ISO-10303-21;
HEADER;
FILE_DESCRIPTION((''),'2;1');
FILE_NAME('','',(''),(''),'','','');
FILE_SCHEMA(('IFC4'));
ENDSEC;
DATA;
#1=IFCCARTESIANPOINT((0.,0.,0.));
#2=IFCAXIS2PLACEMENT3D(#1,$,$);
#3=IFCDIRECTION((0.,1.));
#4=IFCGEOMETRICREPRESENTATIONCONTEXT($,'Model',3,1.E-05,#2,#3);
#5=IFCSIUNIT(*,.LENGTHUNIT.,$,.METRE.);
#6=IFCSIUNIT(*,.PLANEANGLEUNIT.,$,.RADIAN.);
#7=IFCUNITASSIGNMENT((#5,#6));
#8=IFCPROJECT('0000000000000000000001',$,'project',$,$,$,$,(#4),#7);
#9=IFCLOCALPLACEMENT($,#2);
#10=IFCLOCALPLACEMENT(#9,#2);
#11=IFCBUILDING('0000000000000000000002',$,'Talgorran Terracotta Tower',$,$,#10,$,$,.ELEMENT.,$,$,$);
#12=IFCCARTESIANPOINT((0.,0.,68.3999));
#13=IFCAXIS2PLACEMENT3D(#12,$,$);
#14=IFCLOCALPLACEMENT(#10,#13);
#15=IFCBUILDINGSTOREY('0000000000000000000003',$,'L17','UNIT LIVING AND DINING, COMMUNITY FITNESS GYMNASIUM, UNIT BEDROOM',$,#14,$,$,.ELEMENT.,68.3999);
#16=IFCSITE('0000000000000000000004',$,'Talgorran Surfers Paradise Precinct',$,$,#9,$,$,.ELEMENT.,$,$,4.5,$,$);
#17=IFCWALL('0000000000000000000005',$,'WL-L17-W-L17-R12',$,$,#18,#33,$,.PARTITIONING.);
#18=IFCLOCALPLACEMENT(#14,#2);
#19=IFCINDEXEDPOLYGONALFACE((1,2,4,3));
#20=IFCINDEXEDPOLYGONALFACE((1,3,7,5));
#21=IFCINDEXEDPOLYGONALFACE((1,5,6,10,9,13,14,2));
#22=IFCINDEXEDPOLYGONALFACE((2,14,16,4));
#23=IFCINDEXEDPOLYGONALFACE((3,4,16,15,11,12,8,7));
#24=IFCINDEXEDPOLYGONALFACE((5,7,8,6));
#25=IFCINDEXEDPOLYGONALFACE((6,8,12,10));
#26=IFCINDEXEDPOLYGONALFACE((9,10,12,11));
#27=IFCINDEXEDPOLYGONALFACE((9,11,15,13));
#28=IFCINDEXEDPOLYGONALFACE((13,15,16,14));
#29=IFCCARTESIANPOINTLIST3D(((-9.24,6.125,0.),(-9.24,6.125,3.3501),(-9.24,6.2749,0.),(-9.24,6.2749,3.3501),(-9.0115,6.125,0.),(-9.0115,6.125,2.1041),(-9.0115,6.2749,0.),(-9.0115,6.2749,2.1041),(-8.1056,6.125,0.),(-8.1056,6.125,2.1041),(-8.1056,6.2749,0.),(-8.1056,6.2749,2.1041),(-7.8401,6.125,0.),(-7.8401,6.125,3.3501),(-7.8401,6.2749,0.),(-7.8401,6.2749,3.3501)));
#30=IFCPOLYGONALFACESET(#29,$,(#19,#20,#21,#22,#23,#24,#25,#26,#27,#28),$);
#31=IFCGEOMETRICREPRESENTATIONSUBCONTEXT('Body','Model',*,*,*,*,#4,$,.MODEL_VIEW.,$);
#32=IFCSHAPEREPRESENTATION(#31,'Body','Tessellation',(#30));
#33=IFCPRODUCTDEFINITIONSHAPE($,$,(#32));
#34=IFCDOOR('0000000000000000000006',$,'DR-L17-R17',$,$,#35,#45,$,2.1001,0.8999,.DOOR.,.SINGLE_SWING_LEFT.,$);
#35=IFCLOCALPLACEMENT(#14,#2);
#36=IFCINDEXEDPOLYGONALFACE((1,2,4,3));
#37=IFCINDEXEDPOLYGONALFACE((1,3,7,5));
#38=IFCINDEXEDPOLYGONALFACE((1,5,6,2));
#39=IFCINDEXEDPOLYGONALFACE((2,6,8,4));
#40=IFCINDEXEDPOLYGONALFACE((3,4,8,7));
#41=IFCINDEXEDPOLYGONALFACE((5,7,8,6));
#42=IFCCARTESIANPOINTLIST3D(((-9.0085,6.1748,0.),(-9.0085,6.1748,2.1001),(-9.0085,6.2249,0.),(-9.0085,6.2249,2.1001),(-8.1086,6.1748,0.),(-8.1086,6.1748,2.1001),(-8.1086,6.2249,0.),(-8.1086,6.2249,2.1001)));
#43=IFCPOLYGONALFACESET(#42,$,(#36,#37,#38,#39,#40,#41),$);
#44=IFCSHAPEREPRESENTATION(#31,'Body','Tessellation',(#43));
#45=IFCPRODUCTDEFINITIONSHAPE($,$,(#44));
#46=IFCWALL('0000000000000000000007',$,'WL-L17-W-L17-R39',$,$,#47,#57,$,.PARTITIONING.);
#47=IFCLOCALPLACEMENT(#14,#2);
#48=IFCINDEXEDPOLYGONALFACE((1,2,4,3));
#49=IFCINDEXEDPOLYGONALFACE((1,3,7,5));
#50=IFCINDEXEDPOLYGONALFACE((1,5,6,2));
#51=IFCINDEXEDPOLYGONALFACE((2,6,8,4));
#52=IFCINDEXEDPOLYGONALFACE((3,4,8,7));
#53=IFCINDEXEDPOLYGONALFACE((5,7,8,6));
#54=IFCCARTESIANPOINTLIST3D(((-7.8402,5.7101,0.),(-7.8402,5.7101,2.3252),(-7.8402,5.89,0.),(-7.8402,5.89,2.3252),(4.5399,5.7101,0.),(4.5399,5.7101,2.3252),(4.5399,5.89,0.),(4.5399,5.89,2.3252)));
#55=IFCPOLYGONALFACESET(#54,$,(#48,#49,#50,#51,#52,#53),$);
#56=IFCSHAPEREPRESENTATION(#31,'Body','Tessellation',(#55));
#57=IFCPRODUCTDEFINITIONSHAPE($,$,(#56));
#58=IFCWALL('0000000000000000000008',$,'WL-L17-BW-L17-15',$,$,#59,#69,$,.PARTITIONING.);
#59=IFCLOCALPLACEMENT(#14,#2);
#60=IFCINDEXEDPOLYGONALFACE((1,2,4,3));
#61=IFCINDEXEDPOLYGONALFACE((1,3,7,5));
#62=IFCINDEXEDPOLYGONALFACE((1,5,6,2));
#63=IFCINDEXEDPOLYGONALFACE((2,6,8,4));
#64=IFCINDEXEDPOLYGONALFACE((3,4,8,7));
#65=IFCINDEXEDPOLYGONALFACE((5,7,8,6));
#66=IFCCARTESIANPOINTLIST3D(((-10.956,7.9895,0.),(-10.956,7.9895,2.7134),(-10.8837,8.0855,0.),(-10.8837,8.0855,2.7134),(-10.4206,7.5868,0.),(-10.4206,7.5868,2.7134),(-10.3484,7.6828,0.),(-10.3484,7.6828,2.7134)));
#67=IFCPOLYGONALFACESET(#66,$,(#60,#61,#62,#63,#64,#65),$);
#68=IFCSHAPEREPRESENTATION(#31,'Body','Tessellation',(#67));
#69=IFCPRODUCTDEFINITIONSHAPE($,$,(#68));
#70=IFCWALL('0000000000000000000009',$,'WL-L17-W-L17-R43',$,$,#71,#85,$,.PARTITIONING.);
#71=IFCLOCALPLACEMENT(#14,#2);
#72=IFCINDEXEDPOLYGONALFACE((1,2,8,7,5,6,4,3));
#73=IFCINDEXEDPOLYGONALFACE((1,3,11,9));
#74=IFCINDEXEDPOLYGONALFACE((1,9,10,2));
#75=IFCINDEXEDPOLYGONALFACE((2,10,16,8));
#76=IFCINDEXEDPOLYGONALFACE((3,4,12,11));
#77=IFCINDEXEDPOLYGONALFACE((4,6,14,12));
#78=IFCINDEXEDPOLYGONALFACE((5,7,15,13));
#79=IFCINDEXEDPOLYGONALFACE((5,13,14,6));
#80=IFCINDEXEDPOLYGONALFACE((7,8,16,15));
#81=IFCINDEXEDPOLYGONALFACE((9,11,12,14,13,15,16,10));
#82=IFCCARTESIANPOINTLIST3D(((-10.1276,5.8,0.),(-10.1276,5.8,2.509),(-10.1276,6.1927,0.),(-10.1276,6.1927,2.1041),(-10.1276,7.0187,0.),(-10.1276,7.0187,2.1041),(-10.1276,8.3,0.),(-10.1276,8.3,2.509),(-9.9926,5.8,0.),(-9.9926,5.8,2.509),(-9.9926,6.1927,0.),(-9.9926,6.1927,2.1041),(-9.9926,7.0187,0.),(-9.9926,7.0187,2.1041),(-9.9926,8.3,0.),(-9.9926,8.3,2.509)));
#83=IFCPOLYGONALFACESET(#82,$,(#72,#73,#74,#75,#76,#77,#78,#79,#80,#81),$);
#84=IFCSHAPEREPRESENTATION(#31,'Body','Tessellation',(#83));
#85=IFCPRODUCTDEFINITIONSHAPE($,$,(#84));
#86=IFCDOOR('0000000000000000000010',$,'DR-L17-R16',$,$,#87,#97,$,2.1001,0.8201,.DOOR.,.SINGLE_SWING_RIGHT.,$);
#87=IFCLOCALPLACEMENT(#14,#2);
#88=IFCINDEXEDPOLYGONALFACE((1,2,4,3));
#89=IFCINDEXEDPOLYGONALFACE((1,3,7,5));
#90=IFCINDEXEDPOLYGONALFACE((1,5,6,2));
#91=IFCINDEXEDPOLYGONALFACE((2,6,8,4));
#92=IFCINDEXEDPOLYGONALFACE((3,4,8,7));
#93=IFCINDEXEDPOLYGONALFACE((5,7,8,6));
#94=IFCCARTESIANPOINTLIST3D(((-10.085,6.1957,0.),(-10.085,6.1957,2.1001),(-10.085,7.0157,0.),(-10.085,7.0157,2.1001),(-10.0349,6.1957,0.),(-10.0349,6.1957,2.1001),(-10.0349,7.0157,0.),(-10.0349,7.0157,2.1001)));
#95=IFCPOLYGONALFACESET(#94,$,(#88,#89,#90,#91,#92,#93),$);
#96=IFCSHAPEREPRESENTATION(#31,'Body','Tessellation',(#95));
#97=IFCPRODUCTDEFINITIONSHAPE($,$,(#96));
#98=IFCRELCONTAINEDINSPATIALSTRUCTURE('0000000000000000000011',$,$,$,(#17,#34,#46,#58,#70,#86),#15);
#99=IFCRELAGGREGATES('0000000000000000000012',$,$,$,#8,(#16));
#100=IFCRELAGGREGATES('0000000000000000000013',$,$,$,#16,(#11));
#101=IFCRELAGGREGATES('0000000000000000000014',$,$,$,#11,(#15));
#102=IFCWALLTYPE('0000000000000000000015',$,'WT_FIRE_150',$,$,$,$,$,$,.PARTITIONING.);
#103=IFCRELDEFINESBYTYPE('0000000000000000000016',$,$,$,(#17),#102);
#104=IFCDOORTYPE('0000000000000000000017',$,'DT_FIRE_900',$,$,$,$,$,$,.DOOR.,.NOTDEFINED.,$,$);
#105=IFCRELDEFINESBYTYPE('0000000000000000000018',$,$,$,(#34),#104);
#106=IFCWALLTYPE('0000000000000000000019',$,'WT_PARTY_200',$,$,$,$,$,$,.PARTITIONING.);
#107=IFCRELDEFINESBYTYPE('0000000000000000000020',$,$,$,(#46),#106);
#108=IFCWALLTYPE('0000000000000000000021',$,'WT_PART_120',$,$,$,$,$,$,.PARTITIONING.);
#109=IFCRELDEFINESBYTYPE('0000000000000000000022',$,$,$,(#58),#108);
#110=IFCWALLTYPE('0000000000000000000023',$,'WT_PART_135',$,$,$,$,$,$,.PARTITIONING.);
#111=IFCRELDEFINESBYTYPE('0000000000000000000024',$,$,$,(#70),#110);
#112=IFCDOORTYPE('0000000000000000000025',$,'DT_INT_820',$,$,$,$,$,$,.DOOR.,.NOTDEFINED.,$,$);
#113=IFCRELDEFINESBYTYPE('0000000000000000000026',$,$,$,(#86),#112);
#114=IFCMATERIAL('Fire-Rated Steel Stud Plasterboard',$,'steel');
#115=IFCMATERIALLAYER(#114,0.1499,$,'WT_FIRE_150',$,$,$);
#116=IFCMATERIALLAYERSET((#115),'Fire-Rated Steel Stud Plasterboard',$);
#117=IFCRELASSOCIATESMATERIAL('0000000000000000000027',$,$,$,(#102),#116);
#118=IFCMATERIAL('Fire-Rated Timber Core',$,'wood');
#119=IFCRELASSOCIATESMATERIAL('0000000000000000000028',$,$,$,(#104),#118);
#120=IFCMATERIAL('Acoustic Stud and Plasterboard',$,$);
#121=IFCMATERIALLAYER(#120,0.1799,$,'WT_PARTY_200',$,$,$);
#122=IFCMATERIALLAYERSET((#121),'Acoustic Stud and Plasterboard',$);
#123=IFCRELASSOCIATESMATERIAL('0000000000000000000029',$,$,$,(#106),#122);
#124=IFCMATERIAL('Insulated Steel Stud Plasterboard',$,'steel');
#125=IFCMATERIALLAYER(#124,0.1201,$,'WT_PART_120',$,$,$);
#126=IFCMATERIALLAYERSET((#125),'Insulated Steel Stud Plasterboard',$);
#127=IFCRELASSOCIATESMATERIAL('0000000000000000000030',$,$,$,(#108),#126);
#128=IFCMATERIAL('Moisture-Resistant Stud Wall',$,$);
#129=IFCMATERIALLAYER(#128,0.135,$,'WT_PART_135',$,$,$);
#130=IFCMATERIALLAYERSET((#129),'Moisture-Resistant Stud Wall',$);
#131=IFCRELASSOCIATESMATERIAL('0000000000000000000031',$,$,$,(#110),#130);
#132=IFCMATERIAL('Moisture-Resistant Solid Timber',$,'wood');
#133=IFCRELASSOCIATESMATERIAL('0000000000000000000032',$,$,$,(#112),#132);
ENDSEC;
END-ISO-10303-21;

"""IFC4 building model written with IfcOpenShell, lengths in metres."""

from ifc_helpers import new_model, si_unit, direction, frame, frame_2d, origin, place, context, subcontext, project, spatial, rectangle, extrude, material, layer, layer_set, type_object, element, fill, save


model = new_model("IFC4")

# Units and contexts
model_context = context("Model", 3, precision=1e-05, world=origin(), true_north=direction((0.0, 1.0)))
body_context = subcontext(model_context, "Body", "Model", "MODEL_VIEW")
ifc_project = project(units=[si_unit("LENGTHUNIT", "METRE"), si_unit("PLANEANGLEUNIT", "RADIAN")], contexts=[model_context])

# Site, building, storey
site_placement = place(None, origin())
site = spatial("IfcSite", under=ifc_project, at=site_placement, Name="Talgorran Surfers Paradise Precinct", CompositionType="ELEMENT", RefElevation=4.5)
building_placement = place(site_placement, origin())
building = spatial("IfcBuilding", under=site, at=building_placement, Name="Talgorran Terracotta Tower", CompositionType="ELEMENT")
storey_placement = place(building_placement, frame((0.0, 0.0, 68.3999)))
storey = spatial("IfcBuildingStorey", under=building, at=storey_placement, Name="L17", Description="UNIT LIVING AND DINING, COMMUNITY FITNESS GYMNASIUM, UNIT BEDROOM", CompositionType="ELEMENT", Elevation=68.3999)

# Shared definitions
ifc_material_1 = material(Name="Fire-Rated Steel Stud Plasterboard", Category="steel")
ifc_layer_1 = layer(ifc_material_1, 0.1499, Name="WT_FIRE_150")
ifc_layer_set_1 = layer_set([ifc_layer_1], Name="Fire-Rated Steel Stud Plasterboard")
wall_type_1 = type_object("IfcWallType", Name="WT_FIRE_150", PredefinedType="PARTITIONING", material=ifc_layer_set_1)
ifc_material_2 = material(Name="Fire-Rated Timber Core", Category="wood")
door_type_1 = type_object("IfcDoorType", Name="DT_FIRE_900", OperationType="NOTDEFINED", PredefinedType="DOOR", material=ifc_material_2)

# Wall, opening, door
wall_1_placement = place(storey_placement, frame((-9.24, 6.2, 0.0), z_axis=(0.0, 0.0, 1.0), x_axis=(1.0, 0.0, 0.0)))
wall_1 = element("IfcWall", 1, at=wall_1_placement, inside=storey, type_object=wall_type_1, Name="WL-L17-W-L17-R12", PredefinedType="PARTITIONING", context=body_context, shape_type="SweptSolid", body=[
    extrude(rectangle(XDim=1.3999, YDim=0.1499, at=frame_2d((0.7, 0.0))), origin(), (0.0, 0.0, 1.0), 3.3501),
])
opening_1_placement = place(wall_1_placement, frame((0.2314, 0.0, 0.0)))
opening_1 = element("IfcOpeningElement", 2, at=opening_1_placement, cuts=wall_1, PredefinedType="OPENING", context=body_context, shape_type="SweptSolid", body=[
    extrude(rectangle(XDim=0.9059, YDim=2.1041, at=frame_2d((0.45, 1.052))), frame((0.0, 0.085, 0.0), z_axis=(0.0, -1.0, 0.0), x_axis=(1.0, 0.0, 0.0)), (0.0, 0.0, 1.0), 0.1699),
])
door_1_placement = place(opening_1_placement, origin())
door_1 = element("IfcDoor", 3, at=door_1_placement, inside=storey, type_object=door_type_1, Name="DR-L17-R17", OperationType="SINGLE_SWING_LEFT", OverallHeight=2.1001, OverallWidth=0.8999, PredefinedType="DOOR", context=body_context, shape_type="SweptSolid", body=[
    extrude(rectangle(XDim=0.8999, YDim=2.1001, at=frame_2d((0.45, 1.05))), frame((0.0, 0.0249, 0.0), z_axis=(0.0, -1.0, 0.0), x_axis=(1.0, 0.0, 0.0)), (0.0, 0.0, 1.0), 0.05),
])
fill(opening_1, door_1)

# Walls
ifc_material_3 = material(Name="Acoustic Stud and Plasterboard")
ifc_layer_2 = layer(ifc_material_3, 0.1799, Name="WT_PARTY_200")
ifc_layer_set_2 = layer_set([ifc_layer_2], Name="Acoustic Stud and Plasterboard")
wall_type_2 = type_object("IfcWallType", Name="WT_PARTY_200", PredefinedType="PARTITIONING", material=ifc_layer_set_2)
wall_2_placement = place(storey_placement, frame((-7.8401, 5.8, 0.0), z_axis=(0.0, 0.0, 1.0), x_axis=(1.0, 0.0, 0.0)))
element("IfcWall", 4, at=wall_2_placement, inside=storey, type_object=wall_type_2, Name="WL-L17-W-L17-R39", PredefinedType="PARTITIONING", context=body_context, shape_type="SweptSolid", body=[
    extrude(rectangle(XDim=12.3801, YDim=0.1799, at=frame_2d((6.1899, 0.0))), origin(), (0.0, 0.0, 1.0), 2.3252),
])
ifc_material_4 = material(Name="Insulated Steel Stud Plasterboard", Category="steel")
ifc_layer_3 = layer(ifc_material_4, 0.1201, Name="WT_PART_120")
ifc_layer_set_3 = layer_set([ifc_layer_3], Name="Insulated Steel Stud Plasterboard")
wall_type_3 = type_object("IfcWallType", Name="WT_PART_120", PredefinedType="PARTITIONING", material=ifc_layer_set_3)
wall_3_placement = place(storey_placement, frame((-10.3845, 7.6348, 0.0), z_axis=(0.0, 0.0, 1.0), x_axis=(-0.799081, 0.601224, 0.0)))
element("IfcWall", 5, at=wall_3_placement, inside=storey, type_object=wall_type_3, Name="WL-L17-BW-L17-15", PredefinedType="PARTITIONING", context=body_context, shape_type="SweptSolid", body=[
    extrude(rectangle(XDim=0.6699, YDim=0.1201, at=frame_2d((0.335, 0.0))), origin(), (0.0, 0.0, 1.0), 2.7134),
])

# Wall, opening, door
ifc_material_5 = material(Name="Moisture-Resistant Stud Wall")
ifc_layer_4 = layer(ifc_material_5, 0.135, Name="WT_PART_135")
ifc_layer_set_4 = layer_set([ifc_layer_4], Name="Moisture-Resistant Stud Wall")
wall_type_4 = type_object("IfcWallType", Name="WT_PART_135", PredefinedType="PARTITIONING", material=ifc_layer_set_4)
wall_4_placement = place(storey_placement, frame((-10.0601, 5.8, 0.0), z_axis=(0.0, 0.0, 1.0), x_axis=(0.0, 1.0, 0.0)))
wall_4 = element("IfcWall", 6, at=wall_4_placement, inside=storey, type_object=wall_type_4, Name="WL-L17-W-L17-R43", PredefinedType="PARTITIONING", context=body_context, shape_type="SweptSolid", body=[
    extrude(rectangle(XDim=2.5, YDim=0.135, at=frame_2d((1.25, 0.0))), origin(), (0.0, 0.0, 1.0), 2.509),
])
opening_2_placement = place(wall_4_placement, frame((0.3955, 0.0, 0.0)))
opening_2 = element("IfcOpeningElement", 7, at=opening_2_placement, cuts=wall_4, PredefinedType="OPENING", context=body_context, shape_type="SweptSolid", body=[
    extrude(rectangle(XDim=0.8261, YDim=2.1041, at=frame_2d((0.4102, 1.052))), frame((0.0, 0.0776, 0.0), z_axis=(0.0, -1.0, 0.0), x_axis=(1.0, 0.0, 0.0)), (0.0, 0.0, 1.0), 0.155),
])
ifc_material_6 = material(Name="Moisture-Resistant Solid Timber", Category="wood")
door_type_2 = type_object("IfcDoorType", Name="DT_INT_820", OperationType="NOTDEFINED", PredefinedType="DOOR", material=ifc_material_6)
door_2_placement = place(opening_2_placement, origin())
door_2 = element("IfcDoor", 8, at=door_2_placement, inside=storey, type_object=door_type_2, Name="DR-L17-R16", OperationType="SINGLE_SWING_RIGHT", OverallHeight=2.1001, OverallWidth=0.8201, PredefinedType="DOOR", context=body_context, shape_type="SweptSolid", body=[
    extrude(rectangle(XDim=0.8201, YDim=2.1001, at=frame_2d((0.4102, 1.05))), frame((0.0, 0.0249, 0.0), z_axis=(0.0, -1.0, 0.0), x_axis=(1.0, 0.0, 0.0)), (0.0, 0.0, 1.0), 0.05),
])
fill(opening_2, door_2)

save(model, "model.ifc")
